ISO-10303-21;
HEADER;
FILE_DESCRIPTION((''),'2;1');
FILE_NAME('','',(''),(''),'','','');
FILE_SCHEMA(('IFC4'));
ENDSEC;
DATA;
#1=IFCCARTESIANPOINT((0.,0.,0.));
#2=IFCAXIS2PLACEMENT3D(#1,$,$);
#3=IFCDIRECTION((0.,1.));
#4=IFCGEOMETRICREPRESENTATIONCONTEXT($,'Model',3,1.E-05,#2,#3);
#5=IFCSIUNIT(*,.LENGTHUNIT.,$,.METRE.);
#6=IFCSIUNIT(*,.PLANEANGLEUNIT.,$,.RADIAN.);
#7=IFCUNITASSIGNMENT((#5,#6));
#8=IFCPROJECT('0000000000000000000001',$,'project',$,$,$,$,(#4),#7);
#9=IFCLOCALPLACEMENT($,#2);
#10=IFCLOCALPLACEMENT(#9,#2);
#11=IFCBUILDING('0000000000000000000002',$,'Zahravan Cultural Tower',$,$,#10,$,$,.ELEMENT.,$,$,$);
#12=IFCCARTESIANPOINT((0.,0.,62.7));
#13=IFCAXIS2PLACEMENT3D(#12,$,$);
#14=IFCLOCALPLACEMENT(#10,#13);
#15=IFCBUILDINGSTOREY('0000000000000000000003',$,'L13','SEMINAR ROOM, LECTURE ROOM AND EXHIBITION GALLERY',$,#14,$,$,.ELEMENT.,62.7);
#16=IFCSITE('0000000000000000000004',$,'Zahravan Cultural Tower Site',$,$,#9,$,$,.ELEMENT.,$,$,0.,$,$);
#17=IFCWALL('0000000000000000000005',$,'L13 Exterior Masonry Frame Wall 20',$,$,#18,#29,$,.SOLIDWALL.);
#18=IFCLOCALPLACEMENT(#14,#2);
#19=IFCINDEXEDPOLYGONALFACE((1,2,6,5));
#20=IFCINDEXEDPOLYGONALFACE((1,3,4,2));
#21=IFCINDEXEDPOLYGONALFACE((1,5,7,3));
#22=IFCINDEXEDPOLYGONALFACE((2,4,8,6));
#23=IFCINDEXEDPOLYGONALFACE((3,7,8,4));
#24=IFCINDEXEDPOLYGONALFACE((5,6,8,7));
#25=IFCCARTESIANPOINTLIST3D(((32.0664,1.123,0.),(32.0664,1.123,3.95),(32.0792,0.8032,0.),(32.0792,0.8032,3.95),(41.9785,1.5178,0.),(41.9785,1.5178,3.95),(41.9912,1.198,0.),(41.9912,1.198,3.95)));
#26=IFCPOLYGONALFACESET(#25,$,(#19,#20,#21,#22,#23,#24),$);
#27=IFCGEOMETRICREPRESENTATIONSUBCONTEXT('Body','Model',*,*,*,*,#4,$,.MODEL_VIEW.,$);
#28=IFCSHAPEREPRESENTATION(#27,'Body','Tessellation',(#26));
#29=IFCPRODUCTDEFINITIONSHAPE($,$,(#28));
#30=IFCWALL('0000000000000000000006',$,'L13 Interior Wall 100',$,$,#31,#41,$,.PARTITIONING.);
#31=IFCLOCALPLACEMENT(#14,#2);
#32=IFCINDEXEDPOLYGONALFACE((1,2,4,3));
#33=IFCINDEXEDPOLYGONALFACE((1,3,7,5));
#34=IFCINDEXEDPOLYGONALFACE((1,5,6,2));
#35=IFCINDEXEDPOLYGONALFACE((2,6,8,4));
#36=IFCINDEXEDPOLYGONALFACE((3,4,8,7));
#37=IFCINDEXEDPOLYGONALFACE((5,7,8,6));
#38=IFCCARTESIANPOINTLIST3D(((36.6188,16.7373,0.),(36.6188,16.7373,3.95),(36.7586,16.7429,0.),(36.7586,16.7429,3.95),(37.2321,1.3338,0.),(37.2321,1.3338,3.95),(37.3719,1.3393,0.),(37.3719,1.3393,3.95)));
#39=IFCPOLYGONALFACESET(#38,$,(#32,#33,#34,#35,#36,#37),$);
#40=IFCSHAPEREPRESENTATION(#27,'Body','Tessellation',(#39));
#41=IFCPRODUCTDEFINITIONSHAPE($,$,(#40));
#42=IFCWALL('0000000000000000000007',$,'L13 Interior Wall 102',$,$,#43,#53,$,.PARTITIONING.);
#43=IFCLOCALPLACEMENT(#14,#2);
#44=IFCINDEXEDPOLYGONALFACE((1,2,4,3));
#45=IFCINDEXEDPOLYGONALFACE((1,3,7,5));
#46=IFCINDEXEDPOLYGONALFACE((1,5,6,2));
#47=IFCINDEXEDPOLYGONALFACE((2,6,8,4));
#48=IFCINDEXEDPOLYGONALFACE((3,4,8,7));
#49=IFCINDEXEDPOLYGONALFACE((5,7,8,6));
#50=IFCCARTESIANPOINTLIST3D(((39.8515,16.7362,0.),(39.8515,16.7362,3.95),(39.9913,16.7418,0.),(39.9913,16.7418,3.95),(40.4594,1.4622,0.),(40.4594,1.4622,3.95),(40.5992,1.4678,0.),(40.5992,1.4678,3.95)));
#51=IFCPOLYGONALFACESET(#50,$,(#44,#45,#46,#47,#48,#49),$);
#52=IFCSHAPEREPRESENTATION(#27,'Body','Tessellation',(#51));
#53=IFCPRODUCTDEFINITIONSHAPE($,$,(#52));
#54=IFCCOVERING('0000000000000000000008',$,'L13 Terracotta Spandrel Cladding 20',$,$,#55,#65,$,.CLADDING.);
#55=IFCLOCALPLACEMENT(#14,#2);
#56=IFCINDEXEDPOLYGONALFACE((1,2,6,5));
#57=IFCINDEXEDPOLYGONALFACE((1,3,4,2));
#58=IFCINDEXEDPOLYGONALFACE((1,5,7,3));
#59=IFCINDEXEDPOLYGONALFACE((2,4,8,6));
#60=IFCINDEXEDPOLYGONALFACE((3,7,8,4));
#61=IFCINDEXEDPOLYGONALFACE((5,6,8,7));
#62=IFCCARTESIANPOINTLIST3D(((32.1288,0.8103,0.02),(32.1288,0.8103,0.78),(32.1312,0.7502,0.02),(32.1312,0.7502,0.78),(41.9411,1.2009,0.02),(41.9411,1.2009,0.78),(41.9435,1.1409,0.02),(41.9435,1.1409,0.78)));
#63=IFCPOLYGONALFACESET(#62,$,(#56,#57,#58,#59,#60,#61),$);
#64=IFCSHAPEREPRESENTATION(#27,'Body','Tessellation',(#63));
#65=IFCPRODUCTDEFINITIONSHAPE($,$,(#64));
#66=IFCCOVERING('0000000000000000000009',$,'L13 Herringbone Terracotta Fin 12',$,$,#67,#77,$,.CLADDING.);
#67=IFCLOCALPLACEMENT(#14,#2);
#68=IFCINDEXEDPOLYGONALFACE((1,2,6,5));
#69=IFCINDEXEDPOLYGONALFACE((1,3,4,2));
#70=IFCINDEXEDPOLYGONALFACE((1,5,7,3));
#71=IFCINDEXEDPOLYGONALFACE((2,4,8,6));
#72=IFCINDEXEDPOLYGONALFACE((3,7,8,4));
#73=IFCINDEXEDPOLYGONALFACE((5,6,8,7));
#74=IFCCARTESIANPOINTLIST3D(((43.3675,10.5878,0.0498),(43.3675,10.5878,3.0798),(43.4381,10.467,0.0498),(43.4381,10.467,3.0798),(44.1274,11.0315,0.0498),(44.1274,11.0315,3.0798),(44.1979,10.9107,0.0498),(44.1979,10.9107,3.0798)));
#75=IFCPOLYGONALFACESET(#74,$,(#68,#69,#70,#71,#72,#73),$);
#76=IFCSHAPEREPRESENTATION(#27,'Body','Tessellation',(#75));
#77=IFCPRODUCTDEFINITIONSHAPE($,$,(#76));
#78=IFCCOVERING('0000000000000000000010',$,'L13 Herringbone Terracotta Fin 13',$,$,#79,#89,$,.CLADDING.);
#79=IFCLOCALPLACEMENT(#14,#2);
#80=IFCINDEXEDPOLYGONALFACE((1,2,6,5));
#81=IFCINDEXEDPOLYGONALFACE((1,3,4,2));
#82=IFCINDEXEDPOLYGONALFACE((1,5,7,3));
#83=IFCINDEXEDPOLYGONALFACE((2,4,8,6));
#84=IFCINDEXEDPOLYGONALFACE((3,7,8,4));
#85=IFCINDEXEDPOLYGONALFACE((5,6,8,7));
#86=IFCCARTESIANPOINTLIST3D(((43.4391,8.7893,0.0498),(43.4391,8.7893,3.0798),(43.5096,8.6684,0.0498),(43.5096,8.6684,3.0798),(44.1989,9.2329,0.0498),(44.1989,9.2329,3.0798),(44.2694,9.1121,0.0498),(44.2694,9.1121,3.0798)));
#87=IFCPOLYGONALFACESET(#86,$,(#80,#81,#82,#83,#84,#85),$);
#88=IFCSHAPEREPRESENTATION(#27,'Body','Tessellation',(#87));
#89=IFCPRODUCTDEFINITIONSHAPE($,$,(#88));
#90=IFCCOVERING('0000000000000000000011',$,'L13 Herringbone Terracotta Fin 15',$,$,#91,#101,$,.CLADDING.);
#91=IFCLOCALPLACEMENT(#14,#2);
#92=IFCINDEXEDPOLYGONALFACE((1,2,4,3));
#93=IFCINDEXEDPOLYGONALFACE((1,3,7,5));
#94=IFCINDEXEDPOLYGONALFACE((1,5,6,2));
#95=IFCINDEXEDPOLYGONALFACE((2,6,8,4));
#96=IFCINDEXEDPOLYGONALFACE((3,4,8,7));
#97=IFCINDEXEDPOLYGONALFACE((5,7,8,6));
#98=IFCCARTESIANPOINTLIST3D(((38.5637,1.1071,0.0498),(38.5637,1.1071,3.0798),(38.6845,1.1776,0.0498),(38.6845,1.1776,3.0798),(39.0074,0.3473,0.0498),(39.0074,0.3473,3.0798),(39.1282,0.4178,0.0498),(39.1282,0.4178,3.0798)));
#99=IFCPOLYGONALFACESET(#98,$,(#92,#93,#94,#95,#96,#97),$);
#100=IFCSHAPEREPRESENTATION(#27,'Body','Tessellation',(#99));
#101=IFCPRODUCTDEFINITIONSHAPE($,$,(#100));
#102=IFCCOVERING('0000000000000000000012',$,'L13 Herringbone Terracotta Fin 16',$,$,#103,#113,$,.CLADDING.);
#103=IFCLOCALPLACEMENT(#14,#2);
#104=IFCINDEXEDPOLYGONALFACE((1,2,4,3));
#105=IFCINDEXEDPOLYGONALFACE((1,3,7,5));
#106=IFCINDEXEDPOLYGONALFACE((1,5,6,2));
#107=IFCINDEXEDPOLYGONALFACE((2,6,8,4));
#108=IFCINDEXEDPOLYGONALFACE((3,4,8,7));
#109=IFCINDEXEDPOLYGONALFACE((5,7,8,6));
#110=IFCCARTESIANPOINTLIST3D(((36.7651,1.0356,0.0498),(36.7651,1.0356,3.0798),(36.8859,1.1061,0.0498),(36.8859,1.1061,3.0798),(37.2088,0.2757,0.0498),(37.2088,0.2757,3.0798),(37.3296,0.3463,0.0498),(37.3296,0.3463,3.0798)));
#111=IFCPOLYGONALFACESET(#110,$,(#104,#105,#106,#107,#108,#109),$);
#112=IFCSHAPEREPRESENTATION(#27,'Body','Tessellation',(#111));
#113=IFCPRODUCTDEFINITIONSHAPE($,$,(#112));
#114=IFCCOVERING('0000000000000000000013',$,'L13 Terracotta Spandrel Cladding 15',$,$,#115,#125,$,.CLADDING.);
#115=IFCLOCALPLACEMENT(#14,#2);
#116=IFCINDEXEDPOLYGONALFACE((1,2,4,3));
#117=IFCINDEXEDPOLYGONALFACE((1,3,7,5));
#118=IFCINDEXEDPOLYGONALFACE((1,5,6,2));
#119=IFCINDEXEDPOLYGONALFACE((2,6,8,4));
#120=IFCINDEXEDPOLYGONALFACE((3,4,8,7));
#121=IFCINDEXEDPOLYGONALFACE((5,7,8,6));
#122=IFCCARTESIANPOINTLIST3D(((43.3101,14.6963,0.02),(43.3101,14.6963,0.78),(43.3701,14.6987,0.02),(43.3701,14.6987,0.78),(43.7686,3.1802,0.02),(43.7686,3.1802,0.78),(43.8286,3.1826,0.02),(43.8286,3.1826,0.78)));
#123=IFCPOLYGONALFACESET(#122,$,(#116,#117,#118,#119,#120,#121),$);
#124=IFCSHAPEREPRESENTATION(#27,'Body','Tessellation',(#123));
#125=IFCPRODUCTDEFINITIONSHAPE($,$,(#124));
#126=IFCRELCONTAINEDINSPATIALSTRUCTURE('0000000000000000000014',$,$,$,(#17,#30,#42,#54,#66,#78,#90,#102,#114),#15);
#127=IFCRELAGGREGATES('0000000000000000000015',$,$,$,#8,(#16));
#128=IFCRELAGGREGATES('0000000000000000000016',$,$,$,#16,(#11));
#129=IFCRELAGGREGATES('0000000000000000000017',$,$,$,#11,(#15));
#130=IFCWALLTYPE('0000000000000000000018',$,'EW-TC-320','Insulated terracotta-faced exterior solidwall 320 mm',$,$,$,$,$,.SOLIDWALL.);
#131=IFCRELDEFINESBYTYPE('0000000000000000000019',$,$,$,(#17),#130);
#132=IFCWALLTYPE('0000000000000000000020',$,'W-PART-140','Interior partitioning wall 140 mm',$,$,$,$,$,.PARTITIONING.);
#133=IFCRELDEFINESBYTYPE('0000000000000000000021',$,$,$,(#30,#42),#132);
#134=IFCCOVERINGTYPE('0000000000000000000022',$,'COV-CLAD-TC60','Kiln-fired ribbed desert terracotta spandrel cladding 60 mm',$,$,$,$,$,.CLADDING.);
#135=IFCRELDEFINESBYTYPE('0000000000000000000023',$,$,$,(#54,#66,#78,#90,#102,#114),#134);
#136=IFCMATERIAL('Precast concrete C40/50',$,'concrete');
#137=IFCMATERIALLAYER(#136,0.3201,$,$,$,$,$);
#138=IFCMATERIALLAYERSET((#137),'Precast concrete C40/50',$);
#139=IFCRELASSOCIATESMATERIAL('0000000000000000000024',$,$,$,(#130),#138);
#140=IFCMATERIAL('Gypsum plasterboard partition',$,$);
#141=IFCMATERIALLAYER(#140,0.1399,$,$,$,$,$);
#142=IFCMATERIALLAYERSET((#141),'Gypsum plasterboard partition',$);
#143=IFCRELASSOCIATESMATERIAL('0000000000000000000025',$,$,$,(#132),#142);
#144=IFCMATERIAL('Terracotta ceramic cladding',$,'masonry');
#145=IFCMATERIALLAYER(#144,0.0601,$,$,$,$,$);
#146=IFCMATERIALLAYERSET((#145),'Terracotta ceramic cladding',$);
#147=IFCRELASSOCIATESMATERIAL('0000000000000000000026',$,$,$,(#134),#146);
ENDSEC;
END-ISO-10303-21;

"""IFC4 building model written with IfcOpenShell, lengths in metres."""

from ifc_helpers import new_model, si_unit, direction, frame, frame_2d, origin, origin_2d, place, context, subcontext, project, spatial, rectangle, extrude, source, transform, mapped, material, layer, layer_set, type_object, element, save


model = new_model("IFC4")

# Units and contexts
model_context = context("Model", 3, precision=1e-05, world=origin(), true_north=direction((0.0, 1.0)))
body_context = subcontext(model_context, "Body", "Model", "MODEL_VIEW")
ifc_project = project(units=[si_unit("LENGTHUNIT", "METRE"), si_unit("PLANEANGLEUNIT", "RADIAN")], contexts=[model_context])

# Site, building, storey
site_placement = place(None, origin())
site = spatial("IfcSite", under=ifc_project, at=site_placement, Name="Zahravan Cultural Tower Site", CompositionType="ELEMENT", RefElevation=0.0)
building_placement = place(site_placement, origin())
building = spatial("IfcBuilding", under=site, at=building_placement, Name="Zahravan Cultural Tower", CompositionType="ELEMENT")
storey_placement = place(building_placement, frame((0.0, 0.0, 62.7)))
storey = spatial("IfcBuildingStorey", under=building, at=storey_placement, Name="L13", Description="SEMINAR ROOM, LECTURE ROOM AND EXHIBITION GALLERY", CompositionType="ELEMENT", Elevation=62.7)

# Shared definitions
ifc_material_1 = material(Name="Precast concrete C40/50", Category="concrete")
ifc_layer_1 = layer(ifc_material_1, 0.3201)
ifc_layer_set_1 = layer_set([ifc_layer_1], Name="Precast concrete C40/50")
wall_type_1 = type_object("IfcWallType", Name="EW-TC-320", Description="Insulated terracotta-faced exterior solidwall 320 mm", PredefinedType="SOLIDWALL", material=ifc_layer_set_1)

# Shared definitions
ifc_material_2 = material(Name="Gypsum plasterboard partition")
ifc_layer_2 = layer(ifc_material_2, 0.1399)
ifc_layer_set_2 = layer_set([ifc_layer_2], Name="Gypsum plasterboard partition")
wall_type_2 = type_object("IfcWallType", Name="W-PART-140", Description="Interior partitioning wall 140 mm", PredefinedType="PARTITIONING", material=ifc_layer_set_2)

# Walls
shared_shape_1 = source(origin(), body_context, "Body", "SweptSolid", [
    extrude(rectangle(XDim=9.9199, YDim=0.3201, at=frame_2d((4.96, 0.0))), origin(), (0.0, 0.0, 1.0), 3.95),
])
wall_1_placement = place(storey_placement, frame((41.9849, 1.3579, 0.0), z_axis=(0.0, 0.0, 1.0), x_axis=(-0.999208, -0.039796, 0.0)))
element("IfcWall", 1, at=wall_1_placement, inside=storey, type_object=wall_type_1, Name="L13 Exterior Masonry Frame Wall 20", PredefinedType="SOLIDWALL", context=body_context, shape_type="MappedRepresentation", body=[
    mapped(shared_shape_1, transform((0.0, 0.0, 0.0), x_axis=(1.0, 0.0, 0.0), y_axis=(0.0, 1.0, 0.0), z_axis=(0.0, 0.0, 1.0), scale=1.0)),
])
shared_shape_2 = source(origin(), body_context, "Body", "SweptSolid", [
    extrude(rectangle(XDim=15.4158, YDim=0.1399, at=frame_2d((7.708, 0.0))), origin(), (0.0, 0.0, 1.0), 3.95),
])
wall_2_placement = place(storey_placement, frame((37.302, 1.3364, 0.0), z_axis=(0.0, 0.0, 1.0), x_axis=(-0.039783, 0.999208, 0.0)))
element("IfcWall", 2, at=wall_2_placement, inside=storey, type_object=wall_type_2, Name="L13 Interior Wall 100", PredefinedType="PARTITIONING", context=body_context, shape_type="MappedRepresentation", body=[
    mapped(shared_shape_2, transform((0.0, 0.0, 0.0), x_axis=(1.0, 0.0, 0.0), y_axis=(0.0, 1.0, 0.0), z_axis=(0.0, 0.0, 1.0), scale=1.0)),
])
shared_shape_3 = source(origin(), body_context, "Body", "SweptSolid", [
    extrude(rectangle(XDim=15.2861, YDim=0.1399, at=frame_2d((7.6431, 0.0))), origin(), (0.0, 0.0, 1.0), 3.95),
])
wall_3_placement = place(storey_placement, frame((39.9214, 16.739, 0.0), z_axis=(0.0, 0.0, 1.0), x_axis=(0.039769, -0.999209, 0.0)))
element("IfcWall", 3, at=wall_3_placement, inside=storey, type_object=wall_type_2, Name="L13 Interior Wall 102", PredefinedType="PARTITIONING", context=body_context, shape_type="MappedRepresentation", body=[
    mapped(shared_shape_3, transform((0.0, 0.0, 0.0), x_axis=(1.0, 0.0, 0.0), y_axis=(0.0, 1.0, 0.0), z_axis=(0.0, 0.0, 1.0), scale=1.0)),
])

# Coverings
ifc_material_3 = material(Name="Terracotta ceramic cladding", Category="masonry")
ifc_layer_3 = layer(ifc_material_3, 0.0601)
ifc_layer_set_3 = layer_set([ifc_layer_3], Name="Terracotta ceramic cladding")
covering_type = type_object("IfcCoveringType", Name="COV-CLAD-TC60", Description="Kiln-fired ribbed desert terracotta spandrel cladding 60 mm", PredefinedType="CLADDING", material=ifc_layer_set_3)
shared_shape_4 = source(origin(), body_context, "Body", "SweptSolid", [
    extrude(rectangle(XDim=9.8201, YDim=0.0601, at=origin_2d()), origin(), (0.0, 0.0, 1.0), 0.76),
])
covering_1_placement = place(storey_placement, frame((37.0361, 0.9756, 0.02), z_axis=(0.0, 0.0, 1.0), x_axis=(-0.999208, -0.039783, 0.0)))
element("IfcCovering", 4, at=covering_1_placement, inside=storey, type_object=covering_type, Name="L13 Terracotta Spandrel Cladding 20", PredefinedType="CLADDING", context=body_context, shape_type="MappedRepresentation", body=[
    mapped(shared_shape_4, transform((0.0, 0.0, 0.0), x_axis=(1.0, 0.0, 0.0), y_axis=(0.0, 1.0, 0.0), z_axis=(0.0, 0.0, 1.0), scale=1.0)),
])
shared_shape_5 = source(origin(), body_context, "Body", "SweptSolid", [
    extrude(rectangle(XDim=0.8799, YDim=0.1399, at=origin_2d()), origin(), (0.0, 0.0, 1.0), 3.03),
])
for number, where, z_axis, x_axis, name in (
    (5, (43.7827, 10.7493, 0.0498), (0.0, 0.0, 1.0), (0.863572, 0.504226, 0.0), "L13 Herringbone Terracotta Fin 12"),
    (6, (43.8542, 8.9507, 0.0498), (0.0, 0.0, 1.0), (0.863572, 0.504226, 0.0), "L13 Herringbone Terracotta Fin 13"),
    (7, (38.8459, 0.7625, 0.0498), (0.0, 0.0, 1.0), (0.504226, -0.863572, 0.0), "L13 Herringbone Terracotta Fin 15"),
    (8, (37.0474, 0.6909, 0.0498), (0.0, 0.0, 1.0), (0.504226, -0.863572, 0.0), "L13 Herringbone Terracotta Fin 16"),
):
    element("IfcCovering", number, at=place(storey_placement, frame(where, z_axis=z_axis, x_axis=x_axis)), inside=storey, type_object=covering_type, Name=name, PredefinedType="CLADDING", context=body_context, shape_type="MappedRepresentation", body=[
        mapped(shared_shape_5, transform((0.0, 0.0, 0.0), x_axis=(1.0, 0.0, 0.0), y_axis=(0.0, 1.0, 0.0), z_axis=(0.0, 0.0, 1.0), scale=1.0)),
    ])
shared_shape_6 = source(origin(), body_context, "Body", "SweptSolid", [
    extrude(rectangle(XDim=11.5251, YDim=0.0601, at=origin_2d()), origin(), (0.0, 0.0, 1.0), 0.76),
])
covering_2_placement = place(storey_placement, frame((43.5693, 8.9395, 0.02), z_axis=(0.0, 0.0, 1.0), x_axis=(0.039783, -0.999208, 0.0)))
element("IfcCovering", 9, at=covering_2_placement, inside=storey, type_object=covering_type, Name="L13 Terracotta Spandrel Cladding 15", PredefinedType="CLADDING", context=body_context, shape_type="MappedRepresentation", body=[
    mapped(shared_shape_6, transform((0.0, 0.0, 0.0), x_axis=(1.0, 0.0, 0.0), y_axis=(0.0, 1.0, 0.0), z_axis=(0.0, 0.0, 1.0), scale=1.0)),
])

save(model, "model.ifc")
